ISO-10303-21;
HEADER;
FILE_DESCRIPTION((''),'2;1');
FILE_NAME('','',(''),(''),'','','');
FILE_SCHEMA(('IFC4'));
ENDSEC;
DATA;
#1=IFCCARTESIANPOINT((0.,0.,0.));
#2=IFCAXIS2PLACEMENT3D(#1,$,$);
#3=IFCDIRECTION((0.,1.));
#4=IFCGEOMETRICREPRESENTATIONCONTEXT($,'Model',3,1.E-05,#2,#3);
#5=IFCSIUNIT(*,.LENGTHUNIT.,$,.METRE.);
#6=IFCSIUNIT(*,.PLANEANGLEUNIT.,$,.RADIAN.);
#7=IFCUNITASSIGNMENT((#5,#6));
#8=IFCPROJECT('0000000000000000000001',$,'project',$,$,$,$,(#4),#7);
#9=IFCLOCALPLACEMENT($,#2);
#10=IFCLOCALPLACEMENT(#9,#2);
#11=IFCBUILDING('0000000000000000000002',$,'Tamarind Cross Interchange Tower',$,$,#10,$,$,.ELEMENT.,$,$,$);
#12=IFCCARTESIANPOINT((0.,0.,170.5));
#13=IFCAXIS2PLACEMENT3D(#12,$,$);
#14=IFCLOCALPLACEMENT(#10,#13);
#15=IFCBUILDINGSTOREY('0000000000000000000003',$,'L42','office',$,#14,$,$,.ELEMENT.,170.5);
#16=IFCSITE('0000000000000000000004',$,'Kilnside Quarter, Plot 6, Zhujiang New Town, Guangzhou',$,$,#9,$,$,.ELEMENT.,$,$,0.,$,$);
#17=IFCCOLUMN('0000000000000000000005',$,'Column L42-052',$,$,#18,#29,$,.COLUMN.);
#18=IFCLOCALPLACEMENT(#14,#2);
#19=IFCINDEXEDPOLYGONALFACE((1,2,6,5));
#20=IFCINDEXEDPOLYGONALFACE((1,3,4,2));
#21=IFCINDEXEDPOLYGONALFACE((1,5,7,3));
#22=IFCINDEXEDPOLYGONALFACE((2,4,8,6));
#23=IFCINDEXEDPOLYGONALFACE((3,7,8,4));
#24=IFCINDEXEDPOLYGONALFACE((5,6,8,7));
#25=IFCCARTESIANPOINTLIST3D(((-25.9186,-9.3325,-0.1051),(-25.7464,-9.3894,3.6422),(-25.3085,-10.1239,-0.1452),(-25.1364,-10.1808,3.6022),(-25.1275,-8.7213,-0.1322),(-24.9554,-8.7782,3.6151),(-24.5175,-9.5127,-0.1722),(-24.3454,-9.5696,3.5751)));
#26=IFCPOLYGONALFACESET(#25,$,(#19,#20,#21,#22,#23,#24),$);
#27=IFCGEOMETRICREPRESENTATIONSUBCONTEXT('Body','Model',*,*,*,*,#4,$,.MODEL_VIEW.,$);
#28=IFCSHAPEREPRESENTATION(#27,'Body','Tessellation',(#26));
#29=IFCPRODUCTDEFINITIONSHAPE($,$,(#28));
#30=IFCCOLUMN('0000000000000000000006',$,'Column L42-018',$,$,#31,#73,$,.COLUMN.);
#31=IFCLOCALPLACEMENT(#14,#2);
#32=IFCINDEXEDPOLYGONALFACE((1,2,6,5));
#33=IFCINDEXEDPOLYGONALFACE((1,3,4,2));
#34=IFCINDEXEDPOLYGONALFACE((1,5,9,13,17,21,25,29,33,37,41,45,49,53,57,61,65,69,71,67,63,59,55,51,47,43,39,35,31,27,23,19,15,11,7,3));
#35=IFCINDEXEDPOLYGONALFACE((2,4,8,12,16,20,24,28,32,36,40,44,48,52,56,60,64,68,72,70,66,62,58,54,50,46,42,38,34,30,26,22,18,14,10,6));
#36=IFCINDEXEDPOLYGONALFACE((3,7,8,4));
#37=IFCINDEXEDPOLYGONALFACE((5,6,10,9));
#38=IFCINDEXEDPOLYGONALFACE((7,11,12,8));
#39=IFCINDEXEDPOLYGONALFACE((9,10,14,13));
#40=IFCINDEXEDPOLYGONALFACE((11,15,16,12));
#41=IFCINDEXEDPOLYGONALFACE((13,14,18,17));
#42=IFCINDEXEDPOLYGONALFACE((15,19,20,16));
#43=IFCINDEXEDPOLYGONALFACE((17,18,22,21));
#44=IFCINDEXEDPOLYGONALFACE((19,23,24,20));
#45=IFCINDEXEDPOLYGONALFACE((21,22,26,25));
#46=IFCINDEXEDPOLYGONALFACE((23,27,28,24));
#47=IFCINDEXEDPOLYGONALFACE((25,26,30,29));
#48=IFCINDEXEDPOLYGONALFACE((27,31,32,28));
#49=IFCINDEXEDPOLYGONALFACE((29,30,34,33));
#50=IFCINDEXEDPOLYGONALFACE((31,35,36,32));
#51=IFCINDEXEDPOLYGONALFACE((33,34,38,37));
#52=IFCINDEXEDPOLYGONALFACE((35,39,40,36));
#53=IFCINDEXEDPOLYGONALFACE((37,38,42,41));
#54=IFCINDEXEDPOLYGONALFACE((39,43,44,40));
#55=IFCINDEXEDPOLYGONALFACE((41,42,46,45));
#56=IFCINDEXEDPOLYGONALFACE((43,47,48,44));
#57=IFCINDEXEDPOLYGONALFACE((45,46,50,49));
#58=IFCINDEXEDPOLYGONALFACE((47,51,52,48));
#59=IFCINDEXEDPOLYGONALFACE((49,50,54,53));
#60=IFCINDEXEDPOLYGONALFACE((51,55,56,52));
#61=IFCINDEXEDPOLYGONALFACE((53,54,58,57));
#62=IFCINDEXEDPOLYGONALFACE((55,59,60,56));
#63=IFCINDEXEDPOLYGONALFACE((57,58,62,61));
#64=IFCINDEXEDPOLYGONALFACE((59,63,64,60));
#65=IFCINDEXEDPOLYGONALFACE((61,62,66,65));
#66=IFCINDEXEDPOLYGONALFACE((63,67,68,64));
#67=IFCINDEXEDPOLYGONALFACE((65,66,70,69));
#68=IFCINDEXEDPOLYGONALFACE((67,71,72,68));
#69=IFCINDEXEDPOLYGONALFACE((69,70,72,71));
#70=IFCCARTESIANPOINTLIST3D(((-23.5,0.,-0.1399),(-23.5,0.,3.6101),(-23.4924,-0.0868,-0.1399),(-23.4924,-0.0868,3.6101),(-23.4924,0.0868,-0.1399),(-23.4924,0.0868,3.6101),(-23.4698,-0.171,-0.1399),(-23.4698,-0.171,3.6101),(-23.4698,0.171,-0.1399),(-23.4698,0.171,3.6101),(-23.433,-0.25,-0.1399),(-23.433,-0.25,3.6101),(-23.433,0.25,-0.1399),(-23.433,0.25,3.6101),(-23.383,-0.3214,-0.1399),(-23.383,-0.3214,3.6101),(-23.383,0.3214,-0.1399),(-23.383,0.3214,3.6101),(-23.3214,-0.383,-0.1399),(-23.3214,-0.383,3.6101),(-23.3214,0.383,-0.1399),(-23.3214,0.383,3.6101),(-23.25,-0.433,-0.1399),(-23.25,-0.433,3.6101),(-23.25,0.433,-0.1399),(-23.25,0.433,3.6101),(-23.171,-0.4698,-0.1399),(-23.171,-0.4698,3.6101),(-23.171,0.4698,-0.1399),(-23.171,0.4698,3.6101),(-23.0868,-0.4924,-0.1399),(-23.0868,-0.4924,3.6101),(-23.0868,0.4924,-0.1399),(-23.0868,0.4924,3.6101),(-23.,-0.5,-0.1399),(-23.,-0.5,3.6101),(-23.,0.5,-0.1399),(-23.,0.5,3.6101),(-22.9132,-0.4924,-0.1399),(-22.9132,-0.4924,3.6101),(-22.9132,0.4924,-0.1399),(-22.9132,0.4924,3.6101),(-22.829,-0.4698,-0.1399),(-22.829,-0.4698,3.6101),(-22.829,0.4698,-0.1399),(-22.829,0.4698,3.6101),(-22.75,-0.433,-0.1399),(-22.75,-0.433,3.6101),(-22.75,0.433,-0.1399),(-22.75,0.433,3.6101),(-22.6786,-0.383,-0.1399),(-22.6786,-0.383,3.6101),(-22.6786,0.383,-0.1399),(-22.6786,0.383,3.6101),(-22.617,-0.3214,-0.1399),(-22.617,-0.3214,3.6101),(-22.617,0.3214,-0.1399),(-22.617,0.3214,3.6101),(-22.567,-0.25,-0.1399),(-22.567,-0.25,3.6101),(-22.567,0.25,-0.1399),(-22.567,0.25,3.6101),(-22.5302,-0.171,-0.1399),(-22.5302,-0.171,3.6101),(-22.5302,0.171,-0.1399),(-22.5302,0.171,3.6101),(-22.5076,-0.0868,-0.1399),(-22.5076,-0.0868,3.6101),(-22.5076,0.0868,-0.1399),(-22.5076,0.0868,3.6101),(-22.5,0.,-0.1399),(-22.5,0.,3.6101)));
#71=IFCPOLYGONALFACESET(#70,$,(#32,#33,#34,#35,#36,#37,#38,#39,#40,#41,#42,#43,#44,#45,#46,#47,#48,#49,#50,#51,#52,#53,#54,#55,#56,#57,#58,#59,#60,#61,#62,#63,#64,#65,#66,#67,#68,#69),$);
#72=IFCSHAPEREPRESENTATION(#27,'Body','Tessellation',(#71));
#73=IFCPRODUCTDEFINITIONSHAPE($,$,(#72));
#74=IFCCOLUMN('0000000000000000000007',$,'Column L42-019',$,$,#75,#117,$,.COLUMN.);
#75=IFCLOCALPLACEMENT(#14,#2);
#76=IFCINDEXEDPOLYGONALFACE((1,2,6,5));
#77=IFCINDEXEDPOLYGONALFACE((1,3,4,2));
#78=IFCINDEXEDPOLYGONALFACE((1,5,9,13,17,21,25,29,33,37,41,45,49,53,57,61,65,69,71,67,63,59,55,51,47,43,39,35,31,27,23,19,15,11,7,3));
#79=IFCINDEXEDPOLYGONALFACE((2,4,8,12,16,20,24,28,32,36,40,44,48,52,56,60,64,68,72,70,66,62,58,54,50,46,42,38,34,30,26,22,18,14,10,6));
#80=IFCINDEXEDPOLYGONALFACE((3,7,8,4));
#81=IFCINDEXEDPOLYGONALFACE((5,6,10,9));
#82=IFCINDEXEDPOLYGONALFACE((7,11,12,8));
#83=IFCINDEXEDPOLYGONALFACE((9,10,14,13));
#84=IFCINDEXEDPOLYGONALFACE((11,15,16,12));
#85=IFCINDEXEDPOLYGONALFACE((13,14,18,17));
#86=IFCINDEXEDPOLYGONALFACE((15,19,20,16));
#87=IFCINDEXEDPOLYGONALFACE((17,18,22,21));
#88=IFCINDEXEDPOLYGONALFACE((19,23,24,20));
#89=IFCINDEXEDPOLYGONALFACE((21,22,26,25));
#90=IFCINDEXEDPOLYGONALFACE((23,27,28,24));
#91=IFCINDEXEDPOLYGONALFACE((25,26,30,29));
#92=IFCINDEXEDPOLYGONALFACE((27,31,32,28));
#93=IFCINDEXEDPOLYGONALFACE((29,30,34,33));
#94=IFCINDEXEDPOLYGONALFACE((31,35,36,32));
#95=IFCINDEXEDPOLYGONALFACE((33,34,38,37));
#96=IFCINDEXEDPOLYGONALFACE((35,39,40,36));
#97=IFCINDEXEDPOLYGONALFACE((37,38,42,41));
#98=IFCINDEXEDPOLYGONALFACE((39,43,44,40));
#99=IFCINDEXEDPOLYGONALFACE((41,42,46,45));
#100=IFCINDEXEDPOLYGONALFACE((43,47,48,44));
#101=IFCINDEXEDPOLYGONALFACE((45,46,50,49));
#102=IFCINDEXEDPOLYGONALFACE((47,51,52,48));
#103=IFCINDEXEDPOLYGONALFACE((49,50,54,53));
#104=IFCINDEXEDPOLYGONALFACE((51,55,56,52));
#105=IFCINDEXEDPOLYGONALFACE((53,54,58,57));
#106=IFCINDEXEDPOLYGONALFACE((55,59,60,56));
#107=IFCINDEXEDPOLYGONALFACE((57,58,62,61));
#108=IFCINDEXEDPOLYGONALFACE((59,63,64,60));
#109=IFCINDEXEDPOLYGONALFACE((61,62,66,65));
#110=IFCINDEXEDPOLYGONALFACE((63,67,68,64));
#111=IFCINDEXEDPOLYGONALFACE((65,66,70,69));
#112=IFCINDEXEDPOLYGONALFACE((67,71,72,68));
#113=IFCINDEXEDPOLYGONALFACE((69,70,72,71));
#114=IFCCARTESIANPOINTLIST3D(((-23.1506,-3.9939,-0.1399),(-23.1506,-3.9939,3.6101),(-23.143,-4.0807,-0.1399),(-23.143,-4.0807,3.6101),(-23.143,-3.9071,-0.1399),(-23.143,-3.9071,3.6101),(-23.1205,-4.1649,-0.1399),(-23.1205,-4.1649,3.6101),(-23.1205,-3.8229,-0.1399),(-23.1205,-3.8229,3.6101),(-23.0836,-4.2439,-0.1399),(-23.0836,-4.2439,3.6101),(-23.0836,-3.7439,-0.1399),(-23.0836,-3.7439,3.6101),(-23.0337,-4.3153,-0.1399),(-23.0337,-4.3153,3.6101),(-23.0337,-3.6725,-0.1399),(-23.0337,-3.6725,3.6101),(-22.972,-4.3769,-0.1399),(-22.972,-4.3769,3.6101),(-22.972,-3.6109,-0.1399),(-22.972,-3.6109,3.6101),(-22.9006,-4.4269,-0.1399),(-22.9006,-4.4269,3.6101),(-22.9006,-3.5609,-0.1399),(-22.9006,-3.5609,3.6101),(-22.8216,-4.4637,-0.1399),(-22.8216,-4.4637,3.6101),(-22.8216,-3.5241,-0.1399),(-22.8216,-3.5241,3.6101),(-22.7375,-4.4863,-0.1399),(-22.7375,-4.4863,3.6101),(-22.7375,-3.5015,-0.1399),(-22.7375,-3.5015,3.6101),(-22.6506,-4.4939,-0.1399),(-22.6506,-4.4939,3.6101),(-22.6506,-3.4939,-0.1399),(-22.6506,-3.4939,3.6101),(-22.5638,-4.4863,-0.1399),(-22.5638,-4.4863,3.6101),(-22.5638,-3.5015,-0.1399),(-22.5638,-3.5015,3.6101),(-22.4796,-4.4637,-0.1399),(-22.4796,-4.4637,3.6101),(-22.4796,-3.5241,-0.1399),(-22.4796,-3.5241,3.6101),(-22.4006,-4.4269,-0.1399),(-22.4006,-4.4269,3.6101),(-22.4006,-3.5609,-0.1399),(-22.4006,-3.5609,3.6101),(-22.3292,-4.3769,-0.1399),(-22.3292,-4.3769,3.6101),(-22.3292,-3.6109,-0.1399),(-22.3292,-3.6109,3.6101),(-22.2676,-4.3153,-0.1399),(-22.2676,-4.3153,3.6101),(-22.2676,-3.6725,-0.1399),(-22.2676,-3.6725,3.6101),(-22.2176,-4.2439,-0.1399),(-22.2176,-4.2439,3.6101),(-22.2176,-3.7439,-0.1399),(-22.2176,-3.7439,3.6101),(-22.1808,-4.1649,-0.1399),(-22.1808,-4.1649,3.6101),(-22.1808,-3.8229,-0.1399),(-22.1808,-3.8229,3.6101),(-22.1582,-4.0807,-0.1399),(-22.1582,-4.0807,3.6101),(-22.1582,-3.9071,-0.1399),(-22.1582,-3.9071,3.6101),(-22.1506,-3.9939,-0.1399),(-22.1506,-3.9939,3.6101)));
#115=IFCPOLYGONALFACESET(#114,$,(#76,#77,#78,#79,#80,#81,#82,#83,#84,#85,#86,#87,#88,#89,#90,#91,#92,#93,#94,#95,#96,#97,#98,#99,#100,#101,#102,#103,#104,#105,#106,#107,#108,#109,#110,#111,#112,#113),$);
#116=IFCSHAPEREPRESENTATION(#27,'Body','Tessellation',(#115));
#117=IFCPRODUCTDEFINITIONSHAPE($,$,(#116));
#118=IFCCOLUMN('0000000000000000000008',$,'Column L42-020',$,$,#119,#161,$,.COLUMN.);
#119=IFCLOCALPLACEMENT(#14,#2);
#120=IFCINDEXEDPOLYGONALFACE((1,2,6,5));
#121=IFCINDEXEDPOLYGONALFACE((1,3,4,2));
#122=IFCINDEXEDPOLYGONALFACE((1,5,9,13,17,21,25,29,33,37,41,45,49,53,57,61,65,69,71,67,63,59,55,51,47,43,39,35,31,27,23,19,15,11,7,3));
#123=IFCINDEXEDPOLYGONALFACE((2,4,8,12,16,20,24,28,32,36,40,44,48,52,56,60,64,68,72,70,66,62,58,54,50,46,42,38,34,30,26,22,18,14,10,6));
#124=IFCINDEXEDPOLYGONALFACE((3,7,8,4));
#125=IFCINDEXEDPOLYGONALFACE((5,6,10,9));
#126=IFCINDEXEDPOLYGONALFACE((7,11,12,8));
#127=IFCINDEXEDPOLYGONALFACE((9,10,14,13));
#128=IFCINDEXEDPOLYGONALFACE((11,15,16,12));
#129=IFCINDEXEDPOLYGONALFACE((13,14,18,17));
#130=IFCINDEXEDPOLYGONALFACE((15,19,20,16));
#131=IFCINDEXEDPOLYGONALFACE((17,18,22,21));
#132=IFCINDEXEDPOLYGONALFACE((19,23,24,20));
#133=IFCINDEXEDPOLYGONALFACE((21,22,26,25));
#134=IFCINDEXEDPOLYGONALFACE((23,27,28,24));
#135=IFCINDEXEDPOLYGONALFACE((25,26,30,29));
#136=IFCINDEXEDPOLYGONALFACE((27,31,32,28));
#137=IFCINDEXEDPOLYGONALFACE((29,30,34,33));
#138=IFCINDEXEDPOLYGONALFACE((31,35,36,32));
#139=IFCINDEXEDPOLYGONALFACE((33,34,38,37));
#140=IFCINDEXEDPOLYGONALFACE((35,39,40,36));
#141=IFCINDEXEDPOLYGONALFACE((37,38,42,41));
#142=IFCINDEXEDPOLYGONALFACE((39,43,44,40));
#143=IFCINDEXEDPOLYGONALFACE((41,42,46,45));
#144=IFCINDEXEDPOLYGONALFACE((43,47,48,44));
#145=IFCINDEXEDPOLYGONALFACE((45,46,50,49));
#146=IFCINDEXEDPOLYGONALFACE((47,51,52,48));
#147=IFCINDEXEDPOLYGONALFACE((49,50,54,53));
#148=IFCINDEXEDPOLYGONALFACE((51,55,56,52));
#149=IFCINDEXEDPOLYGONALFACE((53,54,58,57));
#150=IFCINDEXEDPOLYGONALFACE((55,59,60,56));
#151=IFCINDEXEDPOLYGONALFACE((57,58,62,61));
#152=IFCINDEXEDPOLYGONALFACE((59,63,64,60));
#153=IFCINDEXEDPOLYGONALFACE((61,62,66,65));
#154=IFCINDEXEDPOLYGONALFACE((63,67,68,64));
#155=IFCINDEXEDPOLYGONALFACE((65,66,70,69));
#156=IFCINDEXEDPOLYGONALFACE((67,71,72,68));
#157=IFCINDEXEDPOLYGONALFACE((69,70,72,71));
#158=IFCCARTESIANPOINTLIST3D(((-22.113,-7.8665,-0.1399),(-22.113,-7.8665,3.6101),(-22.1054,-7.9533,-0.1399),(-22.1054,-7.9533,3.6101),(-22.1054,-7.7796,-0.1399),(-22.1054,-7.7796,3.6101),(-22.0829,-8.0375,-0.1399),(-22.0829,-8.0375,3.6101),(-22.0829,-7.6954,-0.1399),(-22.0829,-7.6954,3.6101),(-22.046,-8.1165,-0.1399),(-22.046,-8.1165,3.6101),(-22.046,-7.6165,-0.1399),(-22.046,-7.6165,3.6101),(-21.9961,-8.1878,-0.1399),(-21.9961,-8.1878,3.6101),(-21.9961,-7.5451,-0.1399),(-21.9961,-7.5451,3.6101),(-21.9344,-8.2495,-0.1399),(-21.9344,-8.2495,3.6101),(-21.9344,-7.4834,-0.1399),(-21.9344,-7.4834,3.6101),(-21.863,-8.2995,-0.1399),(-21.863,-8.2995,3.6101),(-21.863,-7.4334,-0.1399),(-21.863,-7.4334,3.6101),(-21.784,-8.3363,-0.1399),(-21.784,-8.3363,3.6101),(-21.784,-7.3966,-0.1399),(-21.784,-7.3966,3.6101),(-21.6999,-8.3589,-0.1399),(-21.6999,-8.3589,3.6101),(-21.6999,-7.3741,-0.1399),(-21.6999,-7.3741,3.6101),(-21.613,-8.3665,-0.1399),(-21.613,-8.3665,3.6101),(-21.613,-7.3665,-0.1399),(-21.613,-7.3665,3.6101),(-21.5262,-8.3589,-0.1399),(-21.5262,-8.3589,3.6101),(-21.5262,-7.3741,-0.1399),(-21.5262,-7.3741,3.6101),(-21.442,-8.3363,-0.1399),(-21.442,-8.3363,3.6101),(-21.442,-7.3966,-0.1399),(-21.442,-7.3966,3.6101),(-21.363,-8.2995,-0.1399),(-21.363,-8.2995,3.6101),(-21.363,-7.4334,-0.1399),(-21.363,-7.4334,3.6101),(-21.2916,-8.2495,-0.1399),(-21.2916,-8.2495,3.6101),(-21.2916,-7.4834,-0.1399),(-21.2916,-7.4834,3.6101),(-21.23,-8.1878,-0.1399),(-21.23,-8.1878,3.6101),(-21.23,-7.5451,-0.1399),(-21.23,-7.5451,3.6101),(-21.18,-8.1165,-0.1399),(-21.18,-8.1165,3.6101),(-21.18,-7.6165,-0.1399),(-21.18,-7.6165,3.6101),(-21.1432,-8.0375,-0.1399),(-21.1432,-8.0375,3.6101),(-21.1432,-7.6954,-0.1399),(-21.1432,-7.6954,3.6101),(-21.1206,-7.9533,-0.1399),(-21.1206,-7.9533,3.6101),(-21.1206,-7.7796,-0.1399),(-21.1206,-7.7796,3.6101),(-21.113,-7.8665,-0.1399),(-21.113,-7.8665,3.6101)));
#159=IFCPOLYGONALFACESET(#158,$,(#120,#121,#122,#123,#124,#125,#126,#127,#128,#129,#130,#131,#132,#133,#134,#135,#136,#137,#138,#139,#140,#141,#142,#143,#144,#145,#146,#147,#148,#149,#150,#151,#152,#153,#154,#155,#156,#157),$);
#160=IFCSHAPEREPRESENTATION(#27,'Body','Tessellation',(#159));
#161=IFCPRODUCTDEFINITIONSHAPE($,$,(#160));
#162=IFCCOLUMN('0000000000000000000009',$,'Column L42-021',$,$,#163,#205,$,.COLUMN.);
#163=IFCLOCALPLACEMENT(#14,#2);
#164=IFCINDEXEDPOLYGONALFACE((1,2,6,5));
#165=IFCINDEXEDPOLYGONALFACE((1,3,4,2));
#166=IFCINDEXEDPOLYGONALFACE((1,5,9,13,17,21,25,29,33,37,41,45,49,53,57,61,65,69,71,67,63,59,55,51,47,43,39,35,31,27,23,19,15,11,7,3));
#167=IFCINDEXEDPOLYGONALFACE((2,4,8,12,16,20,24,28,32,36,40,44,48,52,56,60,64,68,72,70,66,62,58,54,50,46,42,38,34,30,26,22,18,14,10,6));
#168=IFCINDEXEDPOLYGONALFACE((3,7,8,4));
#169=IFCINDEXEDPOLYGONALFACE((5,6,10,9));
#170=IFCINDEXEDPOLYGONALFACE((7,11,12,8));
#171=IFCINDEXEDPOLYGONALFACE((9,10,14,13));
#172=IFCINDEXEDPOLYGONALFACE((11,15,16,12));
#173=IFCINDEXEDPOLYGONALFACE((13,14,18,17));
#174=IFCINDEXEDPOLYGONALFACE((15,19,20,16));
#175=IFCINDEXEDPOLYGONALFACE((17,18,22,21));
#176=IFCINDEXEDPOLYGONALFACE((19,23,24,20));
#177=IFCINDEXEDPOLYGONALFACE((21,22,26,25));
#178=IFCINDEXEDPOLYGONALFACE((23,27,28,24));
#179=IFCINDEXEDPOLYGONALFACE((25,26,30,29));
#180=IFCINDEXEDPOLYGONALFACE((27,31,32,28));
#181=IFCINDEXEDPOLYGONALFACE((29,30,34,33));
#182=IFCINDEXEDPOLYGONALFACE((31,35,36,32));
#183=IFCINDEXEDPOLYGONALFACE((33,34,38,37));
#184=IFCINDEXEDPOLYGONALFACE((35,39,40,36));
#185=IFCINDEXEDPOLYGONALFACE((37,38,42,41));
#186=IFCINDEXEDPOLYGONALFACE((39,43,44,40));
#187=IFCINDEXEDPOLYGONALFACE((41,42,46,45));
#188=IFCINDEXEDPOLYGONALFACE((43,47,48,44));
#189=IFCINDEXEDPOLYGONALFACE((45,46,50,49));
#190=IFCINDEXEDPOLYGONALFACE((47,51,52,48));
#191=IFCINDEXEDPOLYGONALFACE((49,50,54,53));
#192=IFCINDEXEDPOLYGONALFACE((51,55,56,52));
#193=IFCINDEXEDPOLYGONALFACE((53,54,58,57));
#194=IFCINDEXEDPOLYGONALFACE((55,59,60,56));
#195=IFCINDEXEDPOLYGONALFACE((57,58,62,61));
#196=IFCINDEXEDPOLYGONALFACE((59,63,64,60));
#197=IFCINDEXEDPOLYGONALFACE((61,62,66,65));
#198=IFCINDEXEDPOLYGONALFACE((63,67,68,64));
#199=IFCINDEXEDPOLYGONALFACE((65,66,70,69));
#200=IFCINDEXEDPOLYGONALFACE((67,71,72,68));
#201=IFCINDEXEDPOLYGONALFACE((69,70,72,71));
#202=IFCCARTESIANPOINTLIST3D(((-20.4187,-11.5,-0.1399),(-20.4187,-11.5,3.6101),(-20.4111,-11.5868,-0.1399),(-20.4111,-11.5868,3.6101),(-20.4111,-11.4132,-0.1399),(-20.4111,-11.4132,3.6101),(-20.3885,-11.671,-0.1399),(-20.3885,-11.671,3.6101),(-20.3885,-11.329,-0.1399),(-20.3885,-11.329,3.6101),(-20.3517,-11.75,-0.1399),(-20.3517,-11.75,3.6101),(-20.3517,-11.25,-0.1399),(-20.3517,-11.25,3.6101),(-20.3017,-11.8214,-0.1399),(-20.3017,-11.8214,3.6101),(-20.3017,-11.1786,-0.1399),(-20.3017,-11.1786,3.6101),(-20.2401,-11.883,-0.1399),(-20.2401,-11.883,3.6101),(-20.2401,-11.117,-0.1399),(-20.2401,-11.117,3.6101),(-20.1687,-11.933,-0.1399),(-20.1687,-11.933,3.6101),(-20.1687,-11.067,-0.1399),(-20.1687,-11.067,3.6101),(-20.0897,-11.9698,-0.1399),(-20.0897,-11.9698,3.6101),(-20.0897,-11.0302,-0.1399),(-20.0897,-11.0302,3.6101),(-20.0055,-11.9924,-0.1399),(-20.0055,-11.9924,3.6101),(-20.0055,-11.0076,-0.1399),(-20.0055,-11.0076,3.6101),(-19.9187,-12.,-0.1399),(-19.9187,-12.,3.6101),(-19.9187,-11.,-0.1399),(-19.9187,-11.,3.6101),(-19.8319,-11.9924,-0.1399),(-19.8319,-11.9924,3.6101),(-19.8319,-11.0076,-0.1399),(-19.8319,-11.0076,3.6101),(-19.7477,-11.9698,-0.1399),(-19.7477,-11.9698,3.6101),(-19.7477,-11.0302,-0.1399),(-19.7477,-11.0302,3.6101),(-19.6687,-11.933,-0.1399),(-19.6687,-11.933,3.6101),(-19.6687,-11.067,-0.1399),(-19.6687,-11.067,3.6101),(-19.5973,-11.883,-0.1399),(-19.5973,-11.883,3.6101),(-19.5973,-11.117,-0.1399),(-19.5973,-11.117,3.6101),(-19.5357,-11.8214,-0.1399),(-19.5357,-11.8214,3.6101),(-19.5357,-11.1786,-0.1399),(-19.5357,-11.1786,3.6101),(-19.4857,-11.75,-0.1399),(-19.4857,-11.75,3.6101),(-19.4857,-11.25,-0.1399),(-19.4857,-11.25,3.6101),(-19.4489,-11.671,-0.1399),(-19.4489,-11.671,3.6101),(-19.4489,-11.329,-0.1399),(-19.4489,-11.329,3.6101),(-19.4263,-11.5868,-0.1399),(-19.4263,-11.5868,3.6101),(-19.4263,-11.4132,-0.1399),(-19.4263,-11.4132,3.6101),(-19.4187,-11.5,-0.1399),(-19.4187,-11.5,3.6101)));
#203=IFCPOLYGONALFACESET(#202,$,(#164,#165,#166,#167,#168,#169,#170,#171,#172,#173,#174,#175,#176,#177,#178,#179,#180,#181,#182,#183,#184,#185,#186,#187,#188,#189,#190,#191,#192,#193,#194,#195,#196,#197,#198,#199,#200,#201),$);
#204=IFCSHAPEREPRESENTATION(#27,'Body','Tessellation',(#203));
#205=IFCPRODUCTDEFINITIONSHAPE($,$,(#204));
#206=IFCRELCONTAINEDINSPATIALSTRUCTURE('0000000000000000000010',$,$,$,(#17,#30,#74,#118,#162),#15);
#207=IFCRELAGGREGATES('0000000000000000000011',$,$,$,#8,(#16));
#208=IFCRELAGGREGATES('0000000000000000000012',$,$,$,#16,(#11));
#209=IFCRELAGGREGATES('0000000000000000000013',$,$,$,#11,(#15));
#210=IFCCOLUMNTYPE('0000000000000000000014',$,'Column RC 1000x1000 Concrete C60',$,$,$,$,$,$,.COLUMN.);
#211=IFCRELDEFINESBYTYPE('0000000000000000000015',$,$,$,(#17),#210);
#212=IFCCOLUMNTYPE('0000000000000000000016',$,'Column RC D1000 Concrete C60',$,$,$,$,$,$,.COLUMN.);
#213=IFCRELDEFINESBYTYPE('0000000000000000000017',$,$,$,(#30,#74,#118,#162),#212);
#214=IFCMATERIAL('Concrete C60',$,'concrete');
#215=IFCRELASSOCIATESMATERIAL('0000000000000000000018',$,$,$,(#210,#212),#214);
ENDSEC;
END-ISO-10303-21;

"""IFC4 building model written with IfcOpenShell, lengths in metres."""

from ifc_helpers import new_model, si_unit, direction, frame, origin, origin_2d, place, context, subcontext, project, spatial, rectangle, circle, extrude, material, material_profile, profile_set, type_object, element, save


model = new_model("IFC4")

# Units and contexts
model_context = context("Model", 3, precision=1e-05, world=origin(), true_north=direction((0.0, 1.0)))
body_context = subcontext(model_context, "Body", "Model", "MODEL_VIEW")
ifc_project = project(units=[si_unit("LENGTHUNIT", "METRE"), si_unit("PLANEANGLEUNIT", "RADIAN")], contexts=[model_context])

# Site, building, storey
site_placement = place(None, origin())
site = spatial("IfcSite", under=ifc_project, at=site_placement, Name="Kilnside Quarter, Plot 6, Zhujiang New Town, Guangzhou", CompositionType="ELEMENT", RefElevation=0.0)
building_placement = place(site_placement, origin())
building = spatial("IfcBuilding", under=site, at=building_placement, Name="Tamarind Cross Interchange Tower", CompositionType="ELEMENT")
storey_placement = place(building_placement, frame((0.0, 0.0, 170.5)))
storey = spatial("IfcBuildingStorey", under=building, at=storey_placement, Name="L42", Description="office", CompositionType="ELEMENT", Elevation=170.5)

# Columns
ifc_material_1 = material(Name="Concrete C60", Category="concrete")
ifc_material_profile_1 = material_profile(ifc_material_1, rectangle(XDim=1.0, YDim=1.0, at=origin_2d()), Name="RC 1000x1000")
ifc_profile_set_1 = profile_set([ifc_material_profile_1], Name="Concrete C60")
column_type_1 = type_object("IfcColumnType", Name="Column RC 1000x1000 Concrete C60", PredefinedType="COLUMN", material=ifc_profile_set_1)
column_placement = place(storey_placement, frame((-25.218, -9.4226, -0.1387), z_axis=(0.045878, -0.015162, 0.998832), x_axis=(-0.610036, 0.791362, 0.040033)))
element("IfcColumn", 1, at=column_placement, inside=storey, type_object=column_type_1, Name="Column L42-052", PredefinedType="COLUMN", context=body_context, shape_type="SweptSolid", body=[
    extrude(rectangle(XDim=1.0, YDim=1.0, at=origin_2d()), origin(), (0.0, 0.0, 1.0), 3.7517),
])
ifc_material_profile_2 = material_profile(ifc_material_1, circle(Radius=0.5, at=origin_2d()), Name="RC D1000")
ifc_profile_set_2 = profile_set([ifc_material_profile_2], Name="Concrete C60")
column_type_2 = type_object("IfcColumnType", Name="Column RC D1000 Concrete C60", PredefinedType="COLUMN", material=ifc_profile_set_2)
for number, where, z_axis, x_axis, name in (
    (2, (-23.0, 0.0, -0.1399), (0.0, 0.0, 1.0), (1.0, 0.0, 0.0), "Column L42-018"),
    (3, (-22.6506, -3.9939, -0.1399), (0.0, 0.0, 1.0), (1.0, 0.0, 0.0), "Column L42-019"),
    (4, (-21.613, -7.8665, -0.1399), (0.0, 0.0, 1.0), (1.0, 0.0, 0.0), "Column L42-020"),
    (5, (-19.9187, -11.5, -0.1399), (0.0, 0.0, 1.0), (1.0, 0.0, 0.0), "Column L42-021"),
):
    element("IfcColumn", number, at=place(storey_placement, frame(where, z_axis=z_axis, x_axis=x_axis)), inside=storey, type_object=column_type_2, Name=name, PredefinedType="COLUMN", context=body_context, shape_type="SweptSolid", body=[
        extrude(circle(Radius=0.5, at=origin_2d()), origin(), (0.0, 0.0, 1.0), 3.75),
    ])

save(model, "model.ifc")
